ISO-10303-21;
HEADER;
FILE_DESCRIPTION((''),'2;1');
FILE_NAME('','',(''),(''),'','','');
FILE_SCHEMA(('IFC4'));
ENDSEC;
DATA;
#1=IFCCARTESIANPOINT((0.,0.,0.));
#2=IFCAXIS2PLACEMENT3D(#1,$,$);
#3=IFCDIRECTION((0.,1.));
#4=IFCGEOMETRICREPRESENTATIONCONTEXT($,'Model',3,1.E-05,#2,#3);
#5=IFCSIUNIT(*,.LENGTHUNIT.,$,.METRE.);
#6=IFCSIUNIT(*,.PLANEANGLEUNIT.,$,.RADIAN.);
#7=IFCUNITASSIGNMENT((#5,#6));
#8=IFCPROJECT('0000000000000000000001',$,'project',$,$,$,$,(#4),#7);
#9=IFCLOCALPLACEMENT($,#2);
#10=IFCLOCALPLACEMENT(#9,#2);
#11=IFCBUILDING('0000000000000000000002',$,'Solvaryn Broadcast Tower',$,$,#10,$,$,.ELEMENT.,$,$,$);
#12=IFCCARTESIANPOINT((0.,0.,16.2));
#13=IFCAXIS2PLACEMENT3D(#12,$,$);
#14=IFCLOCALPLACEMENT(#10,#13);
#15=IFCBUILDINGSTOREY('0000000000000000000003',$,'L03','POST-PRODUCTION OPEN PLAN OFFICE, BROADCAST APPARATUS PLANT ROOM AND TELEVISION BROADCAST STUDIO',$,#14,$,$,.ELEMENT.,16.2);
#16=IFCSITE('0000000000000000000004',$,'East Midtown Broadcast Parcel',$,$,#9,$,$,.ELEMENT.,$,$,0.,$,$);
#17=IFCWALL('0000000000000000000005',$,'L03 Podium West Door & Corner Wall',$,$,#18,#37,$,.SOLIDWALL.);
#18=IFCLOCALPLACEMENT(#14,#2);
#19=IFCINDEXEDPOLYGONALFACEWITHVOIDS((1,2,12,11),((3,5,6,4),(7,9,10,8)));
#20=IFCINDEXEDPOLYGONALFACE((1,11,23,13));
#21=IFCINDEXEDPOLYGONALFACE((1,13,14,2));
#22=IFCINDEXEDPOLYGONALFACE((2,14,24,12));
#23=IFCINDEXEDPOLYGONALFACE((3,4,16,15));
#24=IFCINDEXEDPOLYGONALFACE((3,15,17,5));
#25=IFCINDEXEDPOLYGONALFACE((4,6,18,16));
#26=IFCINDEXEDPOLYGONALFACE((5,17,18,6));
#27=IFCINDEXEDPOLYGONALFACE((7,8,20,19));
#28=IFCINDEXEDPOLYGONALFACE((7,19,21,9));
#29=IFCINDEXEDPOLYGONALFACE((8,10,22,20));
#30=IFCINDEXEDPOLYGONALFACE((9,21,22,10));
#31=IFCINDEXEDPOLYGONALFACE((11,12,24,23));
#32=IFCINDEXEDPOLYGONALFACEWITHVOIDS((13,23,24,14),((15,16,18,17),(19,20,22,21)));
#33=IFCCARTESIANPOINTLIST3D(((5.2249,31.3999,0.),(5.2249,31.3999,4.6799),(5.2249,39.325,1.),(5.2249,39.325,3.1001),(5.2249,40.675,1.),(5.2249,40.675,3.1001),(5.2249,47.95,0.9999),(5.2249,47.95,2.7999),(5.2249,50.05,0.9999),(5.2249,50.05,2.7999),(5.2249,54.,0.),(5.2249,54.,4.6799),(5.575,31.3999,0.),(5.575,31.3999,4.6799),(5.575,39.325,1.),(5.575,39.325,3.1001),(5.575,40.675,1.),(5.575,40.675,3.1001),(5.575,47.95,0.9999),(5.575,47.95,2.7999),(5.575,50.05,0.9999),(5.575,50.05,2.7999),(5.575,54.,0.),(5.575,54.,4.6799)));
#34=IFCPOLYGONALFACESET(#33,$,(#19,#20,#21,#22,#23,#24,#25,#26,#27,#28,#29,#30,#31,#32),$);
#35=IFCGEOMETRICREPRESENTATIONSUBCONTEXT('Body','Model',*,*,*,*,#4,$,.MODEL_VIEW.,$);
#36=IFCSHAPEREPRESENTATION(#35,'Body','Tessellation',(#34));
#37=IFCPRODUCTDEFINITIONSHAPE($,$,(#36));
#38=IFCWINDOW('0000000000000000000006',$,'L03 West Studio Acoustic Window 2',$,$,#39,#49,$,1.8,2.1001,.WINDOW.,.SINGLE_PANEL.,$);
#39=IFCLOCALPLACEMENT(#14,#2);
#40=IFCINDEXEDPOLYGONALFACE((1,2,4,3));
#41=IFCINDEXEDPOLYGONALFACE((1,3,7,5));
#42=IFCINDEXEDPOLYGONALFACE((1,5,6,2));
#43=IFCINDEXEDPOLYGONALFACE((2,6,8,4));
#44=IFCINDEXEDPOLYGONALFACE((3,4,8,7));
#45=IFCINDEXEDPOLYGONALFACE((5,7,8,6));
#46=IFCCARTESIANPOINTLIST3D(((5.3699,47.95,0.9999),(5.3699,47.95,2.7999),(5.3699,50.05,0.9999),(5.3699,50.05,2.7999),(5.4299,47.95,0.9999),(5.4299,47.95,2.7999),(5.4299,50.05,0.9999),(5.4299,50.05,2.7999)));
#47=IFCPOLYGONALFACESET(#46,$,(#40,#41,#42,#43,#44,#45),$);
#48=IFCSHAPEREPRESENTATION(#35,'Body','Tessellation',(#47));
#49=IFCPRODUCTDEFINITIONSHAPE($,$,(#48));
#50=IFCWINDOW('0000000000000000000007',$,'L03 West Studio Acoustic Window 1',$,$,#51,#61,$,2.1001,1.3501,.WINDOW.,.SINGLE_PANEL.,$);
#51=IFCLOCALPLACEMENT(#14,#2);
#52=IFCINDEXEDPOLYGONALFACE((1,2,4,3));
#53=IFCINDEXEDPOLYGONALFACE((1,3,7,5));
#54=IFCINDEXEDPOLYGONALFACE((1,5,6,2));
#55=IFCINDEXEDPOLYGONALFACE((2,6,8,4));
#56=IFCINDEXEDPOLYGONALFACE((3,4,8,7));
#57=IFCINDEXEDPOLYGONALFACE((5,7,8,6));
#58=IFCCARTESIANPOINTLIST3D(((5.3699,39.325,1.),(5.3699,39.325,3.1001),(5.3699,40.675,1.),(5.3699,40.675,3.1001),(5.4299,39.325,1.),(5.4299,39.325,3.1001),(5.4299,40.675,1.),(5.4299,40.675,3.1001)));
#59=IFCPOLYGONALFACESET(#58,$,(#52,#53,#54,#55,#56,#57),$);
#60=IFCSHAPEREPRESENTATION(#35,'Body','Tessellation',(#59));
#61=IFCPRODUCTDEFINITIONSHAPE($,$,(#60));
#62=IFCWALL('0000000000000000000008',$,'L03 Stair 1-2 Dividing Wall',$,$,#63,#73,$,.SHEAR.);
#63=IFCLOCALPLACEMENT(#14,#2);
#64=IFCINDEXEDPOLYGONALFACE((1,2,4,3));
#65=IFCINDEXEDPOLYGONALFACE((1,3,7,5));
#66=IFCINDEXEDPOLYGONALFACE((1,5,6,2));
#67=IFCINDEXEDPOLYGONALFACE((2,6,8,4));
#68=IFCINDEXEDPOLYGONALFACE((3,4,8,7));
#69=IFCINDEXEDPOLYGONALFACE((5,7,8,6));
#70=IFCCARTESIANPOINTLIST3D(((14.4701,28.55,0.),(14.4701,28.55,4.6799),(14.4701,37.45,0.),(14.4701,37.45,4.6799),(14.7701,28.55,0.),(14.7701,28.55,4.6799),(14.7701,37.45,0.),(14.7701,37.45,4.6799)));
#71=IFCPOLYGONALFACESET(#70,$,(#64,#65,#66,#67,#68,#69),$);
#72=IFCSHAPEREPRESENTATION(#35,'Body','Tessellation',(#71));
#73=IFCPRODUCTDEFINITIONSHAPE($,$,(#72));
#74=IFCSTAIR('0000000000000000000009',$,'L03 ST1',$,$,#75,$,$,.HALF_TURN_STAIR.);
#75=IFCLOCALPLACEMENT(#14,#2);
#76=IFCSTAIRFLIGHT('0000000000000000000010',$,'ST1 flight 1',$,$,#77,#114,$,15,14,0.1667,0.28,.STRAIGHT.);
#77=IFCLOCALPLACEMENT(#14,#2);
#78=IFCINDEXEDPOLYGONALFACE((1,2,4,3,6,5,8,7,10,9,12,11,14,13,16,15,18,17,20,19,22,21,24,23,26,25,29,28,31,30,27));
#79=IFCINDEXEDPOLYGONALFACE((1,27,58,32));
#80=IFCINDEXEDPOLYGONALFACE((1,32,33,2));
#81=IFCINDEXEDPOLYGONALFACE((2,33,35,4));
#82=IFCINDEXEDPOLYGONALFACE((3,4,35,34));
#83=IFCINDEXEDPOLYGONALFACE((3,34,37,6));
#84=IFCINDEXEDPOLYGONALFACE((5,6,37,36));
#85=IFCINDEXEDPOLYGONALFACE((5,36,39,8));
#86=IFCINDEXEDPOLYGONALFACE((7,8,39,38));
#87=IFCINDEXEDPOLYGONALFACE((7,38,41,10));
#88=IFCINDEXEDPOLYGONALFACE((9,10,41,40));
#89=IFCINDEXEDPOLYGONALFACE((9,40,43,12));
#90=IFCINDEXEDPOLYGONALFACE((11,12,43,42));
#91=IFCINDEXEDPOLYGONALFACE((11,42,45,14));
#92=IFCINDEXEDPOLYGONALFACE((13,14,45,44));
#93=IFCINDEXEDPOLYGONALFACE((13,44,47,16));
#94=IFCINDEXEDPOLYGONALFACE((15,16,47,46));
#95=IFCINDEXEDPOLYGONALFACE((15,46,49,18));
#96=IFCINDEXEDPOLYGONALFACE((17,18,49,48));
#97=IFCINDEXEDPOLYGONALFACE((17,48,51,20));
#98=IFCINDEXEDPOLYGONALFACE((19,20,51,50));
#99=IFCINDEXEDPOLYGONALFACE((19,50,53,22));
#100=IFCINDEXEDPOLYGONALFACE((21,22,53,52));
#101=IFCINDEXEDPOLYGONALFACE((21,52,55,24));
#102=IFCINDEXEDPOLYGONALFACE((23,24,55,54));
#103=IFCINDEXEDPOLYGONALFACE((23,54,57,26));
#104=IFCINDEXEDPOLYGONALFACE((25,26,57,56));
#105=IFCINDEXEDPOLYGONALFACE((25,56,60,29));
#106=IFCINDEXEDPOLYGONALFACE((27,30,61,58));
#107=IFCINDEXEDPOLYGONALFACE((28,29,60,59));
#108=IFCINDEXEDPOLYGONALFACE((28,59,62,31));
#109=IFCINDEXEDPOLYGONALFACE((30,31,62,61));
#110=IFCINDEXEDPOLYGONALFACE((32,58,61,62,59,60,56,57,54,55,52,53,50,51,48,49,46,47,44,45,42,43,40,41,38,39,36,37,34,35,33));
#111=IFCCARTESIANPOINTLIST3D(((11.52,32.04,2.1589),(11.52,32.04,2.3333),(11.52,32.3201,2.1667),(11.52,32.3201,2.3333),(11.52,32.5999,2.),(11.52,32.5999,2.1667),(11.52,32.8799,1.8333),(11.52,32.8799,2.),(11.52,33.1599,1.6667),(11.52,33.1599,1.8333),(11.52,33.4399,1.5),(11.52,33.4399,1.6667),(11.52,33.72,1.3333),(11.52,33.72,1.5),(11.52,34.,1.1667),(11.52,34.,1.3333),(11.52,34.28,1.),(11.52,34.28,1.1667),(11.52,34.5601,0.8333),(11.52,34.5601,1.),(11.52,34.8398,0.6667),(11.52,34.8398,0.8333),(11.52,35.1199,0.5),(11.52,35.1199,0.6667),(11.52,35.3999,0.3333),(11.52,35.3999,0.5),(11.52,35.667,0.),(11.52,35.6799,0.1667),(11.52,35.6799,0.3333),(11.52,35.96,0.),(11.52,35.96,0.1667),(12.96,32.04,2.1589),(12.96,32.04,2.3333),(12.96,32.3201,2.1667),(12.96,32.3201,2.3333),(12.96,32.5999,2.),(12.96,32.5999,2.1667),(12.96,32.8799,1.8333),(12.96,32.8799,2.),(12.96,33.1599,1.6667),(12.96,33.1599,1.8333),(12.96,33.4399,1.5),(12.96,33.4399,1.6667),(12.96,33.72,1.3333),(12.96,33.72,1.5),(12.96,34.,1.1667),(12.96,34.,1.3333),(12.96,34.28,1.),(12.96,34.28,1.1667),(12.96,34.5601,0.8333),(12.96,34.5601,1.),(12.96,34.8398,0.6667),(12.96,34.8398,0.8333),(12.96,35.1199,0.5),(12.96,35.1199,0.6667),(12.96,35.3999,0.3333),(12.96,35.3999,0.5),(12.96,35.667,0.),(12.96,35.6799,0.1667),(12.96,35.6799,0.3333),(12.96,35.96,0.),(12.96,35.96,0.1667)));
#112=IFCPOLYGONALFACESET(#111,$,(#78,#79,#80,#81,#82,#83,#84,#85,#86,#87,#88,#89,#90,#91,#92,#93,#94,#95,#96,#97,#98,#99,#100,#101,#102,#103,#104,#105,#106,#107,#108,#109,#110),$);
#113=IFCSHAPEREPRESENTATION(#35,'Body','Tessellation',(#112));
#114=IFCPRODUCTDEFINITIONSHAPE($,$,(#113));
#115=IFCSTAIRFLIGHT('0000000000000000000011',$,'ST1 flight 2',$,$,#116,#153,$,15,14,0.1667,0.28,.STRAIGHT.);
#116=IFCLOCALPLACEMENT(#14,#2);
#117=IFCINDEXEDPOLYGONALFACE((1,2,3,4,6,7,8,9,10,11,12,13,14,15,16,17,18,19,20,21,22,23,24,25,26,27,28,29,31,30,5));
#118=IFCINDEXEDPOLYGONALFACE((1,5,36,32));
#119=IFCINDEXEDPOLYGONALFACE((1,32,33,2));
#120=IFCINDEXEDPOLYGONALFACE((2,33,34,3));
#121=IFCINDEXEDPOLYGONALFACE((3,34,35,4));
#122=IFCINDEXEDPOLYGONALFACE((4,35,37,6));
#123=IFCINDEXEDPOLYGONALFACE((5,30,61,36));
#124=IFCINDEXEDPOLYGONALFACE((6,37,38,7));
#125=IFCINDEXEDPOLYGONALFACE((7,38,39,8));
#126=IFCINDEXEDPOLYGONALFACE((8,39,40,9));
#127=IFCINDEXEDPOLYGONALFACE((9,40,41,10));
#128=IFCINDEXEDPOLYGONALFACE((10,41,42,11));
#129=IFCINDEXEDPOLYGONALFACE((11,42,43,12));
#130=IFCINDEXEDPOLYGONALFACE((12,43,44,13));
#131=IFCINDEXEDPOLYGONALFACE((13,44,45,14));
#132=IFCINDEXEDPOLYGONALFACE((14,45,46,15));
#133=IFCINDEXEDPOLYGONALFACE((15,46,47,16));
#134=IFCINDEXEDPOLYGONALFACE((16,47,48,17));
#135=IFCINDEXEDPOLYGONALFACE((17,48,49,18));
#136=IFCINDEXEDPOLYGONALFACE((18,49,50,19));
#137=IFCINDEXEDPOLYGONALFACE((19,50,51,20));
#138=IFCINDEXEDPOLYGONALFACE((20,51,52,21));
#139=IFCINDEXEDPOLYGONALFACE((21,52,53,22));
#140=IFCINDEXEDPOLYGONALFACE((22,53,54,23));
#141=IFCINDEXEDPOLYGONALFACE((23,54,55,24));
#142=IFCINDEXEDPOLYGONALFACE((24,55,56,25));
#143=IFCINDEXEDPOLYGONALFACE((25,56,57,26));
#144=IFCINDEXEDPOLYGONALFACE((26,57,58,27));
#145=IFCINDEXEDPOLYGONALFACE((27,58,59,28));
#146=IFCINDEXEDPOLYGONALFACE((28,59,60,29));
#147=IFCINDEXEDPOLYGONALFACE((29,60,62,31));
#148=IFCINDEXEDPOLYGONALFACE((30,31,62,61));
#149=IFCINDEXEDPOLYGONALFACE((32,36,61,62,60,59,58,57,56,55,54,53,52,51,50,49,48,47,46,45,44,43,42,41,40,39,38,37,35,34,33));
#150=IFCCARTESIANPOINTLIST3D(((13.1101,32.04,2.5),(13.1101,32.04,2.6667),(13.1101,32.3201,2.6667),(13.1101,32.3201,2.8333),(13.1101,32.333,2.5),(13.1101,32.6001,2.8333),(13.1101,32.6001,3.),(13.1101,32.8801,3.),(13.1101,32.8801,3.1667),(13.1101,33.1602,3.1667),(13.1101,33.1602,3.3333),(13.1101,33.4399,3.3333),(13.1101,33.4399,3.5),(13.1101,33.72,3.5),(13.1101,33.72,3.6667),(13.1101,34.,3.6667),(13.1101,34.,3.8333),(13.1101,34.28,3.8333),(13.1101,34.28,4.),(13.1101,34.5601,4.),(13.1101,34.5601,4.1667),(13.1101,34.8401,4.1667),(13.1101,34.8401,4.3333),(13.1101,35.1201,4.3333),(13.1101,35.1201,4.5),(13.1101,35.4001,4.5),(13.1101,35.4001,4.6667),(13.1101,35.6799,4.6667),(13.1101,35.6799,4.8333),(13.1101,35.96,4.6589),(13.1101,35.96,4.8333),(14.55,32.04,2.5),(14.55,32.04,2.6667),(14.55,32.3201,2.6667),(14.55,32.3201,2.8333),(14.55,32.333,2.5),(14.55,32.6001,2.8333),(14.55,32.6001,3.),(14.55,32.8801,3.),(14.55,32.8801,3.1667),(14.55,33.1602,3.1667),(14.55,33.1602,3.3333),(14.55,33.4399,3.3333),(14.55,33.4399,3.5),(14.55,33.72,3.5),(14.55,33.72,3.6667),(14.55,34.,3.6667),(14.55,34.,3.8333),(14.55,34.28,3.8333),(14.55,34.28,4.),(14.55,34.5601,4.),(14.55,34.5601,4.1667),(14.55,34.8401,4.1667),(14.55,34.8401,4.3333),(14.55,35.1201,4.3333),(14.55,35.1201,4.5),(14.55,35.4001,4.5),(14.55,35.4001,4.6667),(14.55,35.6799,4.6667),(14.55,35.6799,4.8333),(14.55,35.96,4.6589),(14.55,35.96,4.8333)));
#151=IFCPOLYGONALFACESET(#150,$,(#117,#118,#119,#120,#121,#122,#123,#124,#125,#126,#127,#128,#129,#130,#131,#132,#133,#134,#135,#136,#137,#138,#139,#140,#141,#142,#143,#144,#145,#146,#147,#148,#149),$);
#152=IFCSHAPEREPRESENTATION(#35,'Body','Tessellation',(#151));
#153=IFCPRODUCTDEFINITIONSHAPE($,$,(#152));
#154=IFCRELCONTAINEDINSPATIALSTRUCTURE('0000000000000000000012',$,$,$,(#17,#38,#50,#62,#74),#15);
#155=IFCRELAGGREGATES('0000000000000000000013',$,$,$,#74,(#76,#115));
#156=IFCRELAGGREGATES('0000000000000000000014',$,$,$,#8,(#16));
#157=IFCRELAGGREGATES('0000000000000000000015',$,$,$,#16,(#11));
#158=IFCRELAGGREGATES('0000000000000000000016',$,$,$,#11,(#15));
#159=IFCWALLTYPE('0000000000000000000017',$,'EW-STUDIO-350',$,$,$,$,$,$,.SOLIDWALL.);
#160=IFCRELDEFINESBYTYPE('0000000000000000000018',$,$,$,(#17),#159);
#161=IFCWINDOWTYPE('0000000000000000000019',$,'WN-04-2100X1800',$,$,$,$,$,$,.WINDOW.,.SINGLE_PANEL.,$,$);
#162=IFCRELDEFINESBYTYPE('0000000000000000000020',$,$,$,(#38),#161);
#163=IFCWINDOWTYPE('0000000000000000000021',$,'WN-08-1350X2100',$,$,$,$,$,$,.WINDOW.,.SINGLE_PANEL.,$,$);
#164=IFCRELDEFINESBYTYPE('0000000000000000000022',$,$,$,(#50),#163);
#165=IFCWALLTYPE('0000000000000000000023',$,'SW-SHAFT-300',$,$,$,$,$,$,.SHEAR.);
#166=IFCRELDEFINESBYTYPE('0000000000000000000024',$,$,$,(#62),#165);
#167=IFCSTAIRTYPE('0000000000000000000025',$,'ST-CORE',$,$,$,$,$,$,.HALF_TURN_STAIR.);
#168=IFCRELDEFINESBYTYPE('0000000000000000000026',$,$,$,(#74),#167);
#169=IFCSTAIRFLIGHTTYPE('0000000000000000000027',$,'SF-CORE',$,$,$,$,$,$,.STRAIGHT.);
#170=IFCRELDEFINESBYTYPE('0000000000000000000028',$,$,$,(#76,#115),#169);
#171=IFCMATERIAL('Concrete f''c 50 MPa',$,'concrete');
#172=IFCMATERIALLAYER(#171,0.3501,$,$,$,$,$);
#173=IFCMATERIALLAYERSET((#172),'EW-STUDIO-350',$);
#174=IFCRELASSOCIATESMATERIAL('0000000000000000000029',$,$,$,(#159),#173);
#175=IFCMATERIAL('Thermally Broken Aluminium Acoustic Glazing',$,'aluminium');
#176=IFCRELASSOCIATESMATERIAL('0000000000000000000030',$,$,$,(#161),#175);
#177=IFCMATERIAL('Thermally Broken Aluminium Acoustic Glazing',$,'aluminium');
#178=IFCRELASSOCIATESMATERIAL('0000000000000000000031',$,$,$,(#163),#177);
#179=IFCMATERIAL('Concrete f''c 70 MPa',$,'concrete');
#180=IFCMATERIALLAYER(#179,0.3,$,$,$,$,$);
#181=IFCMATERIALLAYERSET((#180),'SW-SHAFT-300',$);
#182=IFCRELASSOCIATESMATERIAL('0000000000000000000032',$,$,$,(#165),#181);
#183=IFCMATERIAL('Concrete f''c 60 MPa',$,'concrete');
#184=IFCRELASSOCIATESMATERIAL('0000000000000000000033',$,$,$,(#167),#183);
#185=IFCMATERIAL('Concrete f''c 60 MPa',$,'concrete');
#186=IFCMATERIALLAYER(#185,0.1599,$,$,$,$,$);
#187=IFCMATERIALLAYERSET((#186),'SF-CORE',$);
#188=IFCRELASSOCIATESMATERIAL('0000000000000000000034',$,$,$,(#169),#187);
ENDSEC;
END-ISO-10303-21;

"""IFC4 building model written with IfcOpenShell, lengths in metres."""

from ifc_helpers import new_model, si_unit, direction, frame, frame_2d, origin, place, context, subcontext, project, spatial, polyline, rectangle, outline, extrude, material, layer, layer_set, type_object, element, fill, aggregate, save


model = new_model("IFC4")

# Units and contexts
model_context = context("Model", 3, precision=1e-05, world=origin(), true_north=direction((0.0, 1.0)))
body_context = subcontext(model_context, "Body", "Model", "MODEL_VIEW")
ifc_project = project(units=[si_unit("LENGTHUNIT", "METRE"), si_unit("PLANEANGLEUNIT", "RADIAN")], contexts=[model_context])

# Site, building, storey
site_placement = place(None, origin())
site = spatial("IfcSite", under=ifc_project, at=site_placement, Name="East Midtown Broadcast Parcel", CompositionType="ELEMENT", RefElevation=0.0)
building_placement = place(site_placement, origin())
building = spatial("IfcBuilding", under=site, at=building_placement, Name="Solvaryn Broadcast Tower", CompositionType="ELEMENT")
storey_placement = place(building_placement, frame((0.0, 0.0, 16.2)))
storey = spatial("IfcBuildingStorey", under=building, at=storey_placement, Name="L03", Description="POST-PRODUCTION OPEN PLAN OFFICE, BROADCAST APPARATUS PLANT ROOM AND TELEVISION BROADCAST STUDIO", CompositionType="ELEMENT", Elevation=16.2)

# Wall, openings, windows
ifc_material_1 = material(Name="Concrete f'c 50 MPa", Category="concrete")
ifc_layer_1 = layer(ifc_material_1, 0.3501)
ifc_layer_set_1 = layer_set([ifc_layer_1], Name="EW-STUDIO-350")
wall_type_1 = type_object("IfcWallType", Name="EW-STUDIO-350", PredefinedType="SOLIDWALL", material=ifc_layer_set_1)
wall_1_placement = place(storey_placement, frame((5.3999, 31.3999, 0.0), z_axis=(0.0, 0.0, 1.0), x_axis=(0.0, 1.0, 0.0)))
wall_1 = element("IfcWall", 1, at=wall_1_placement, inside=storey, type_object=wall_type_1, Name="L03 Podium West Door & Corner Wall", PredefinedType="SOLIDWALL", context=body_context, shape_type="SweptSolid", body=[
    extrude(rectangle(XDim=22.6001, YDim=0.3501, at=frame_2d((11.3, 0.0))), origin(), (0.0, 0.0, 1.0), 4.6799),
])
opening_1_placement = place(wall_1_placement, frame((7.925, 0.0, 1.0)))
opening_1 = element("IfcOpeningElement", 2, at=opening_1_placement, cuts=wall_1, PredefinedType="OPENING", context=body_context, shape_type="SweptSolid", body=[
    extrude(rectangle(XDim=1.3501, YDim=2.1001, at=frame_2d((0.675, 1.05))), frame((0.0, 0.1851, 0.0), z_axis=(0.0, -1.0, 0.0), x_axis=(1.0, 0.0, 0.0)), (0.0, 0.0, 1.0), 0.3701),
])
opening_2_placement = place(wall_1_placement, frame((16.55, 0.0, 1.0)))
opening_2 = element("IfcOpeningElement", 3, at=opening_2_placement, cuts=wall_1, PredefinedType="OPENING", context=body_context, shape_type="SweptSolid", body=[
    extrude(rectangle(XDim=2.1001, YDim=1.8, at=frame_2d((1.05, 0.8999))), frame((0.0, 0.1851, 0.0), z_axis=(0.0, -1.0, 0.0), x_axis=(1.0, 0.0, 0.0)), (0.0, 0.0, 1.0), 0.3701),
])
ifc_material_2 = material(Name="Thermally Broken Aluminium Acoustic Glazing", Category="aluminium")
window_type_1 = type_object("IfcWindowType", Name="WN-04-2100X1800", PartitioningType="SINGLE_PANEL", PredefinedType="WINDOW", material=ifc_material_2)
window_1_placement = place(opening_2_placement, origin())
window_1 = element("IfcWindow", 4, at=window_1_placement, inside=storey, type_object=window_type_1, Name="L03 West Studio Acoustic Window 2", OverallHeight=1.8, OverallWidth=2.1001, PartitioningType="SINGLE_PANEL", PredefinedType="WINDOW", context=body_context, shape_type="SweptSolid", body=[
    extrude(rectangle(XDim=2.1001, YDim=1.8, at=frame_2d((1.05, 0.8999))), frame((0.0, 0.03, 0.0), z_axis=(0.0, -1.0, 0.0), x_axis=(1.0, 0.0, 0.0)), (0.0, 0.0, 1.0), 0.0601),
])
fill(opening_2, window_1)
ifc_material_3 = material(Name="Thermally Broken Aluminium Acoustic Glazing", Category="aluminium")
window_type_2 = type_object("IfcWindowType", Name="WN-08-1350X2100", PartitioningType="SINGLE_PANEL", PredefinedType="WINDOW", material=ifc_material_3)
window_2_placement = place(opening_1_placement, origin())
window_2 = element("IfcWindow", 5, at=window_2_placement, inside=storey, type_object=window_type_2, Name="L03 West Studio Acoustic Window 1", OverallHeight=2.1001, OverallWidth=1.3501, PartitioningType="SINGLE_PANEL", PredefinedType="WINDOW", context=body_context, shape_type="SweptSolid", body=[
    extrude(rectangle(XDim=1.3501, YDim=2.1001, at=frame_2d((0.675, 1.05))), frame((0.0, 0.03, 0.0), z_axis=(0.0, -1.0, 0.0), x_axis=(1.0, 0.0, 0.0)), (0.0, 0.0, 1.0), 0.0601),
])
fill(opening_1, window_2)

# Wall
ifc_material_4 = material(Name="Concrete f'c 70 MPa", Category="concrete")
ifc_layer_2 = layer(ifc_material_4, 0.3)
ifc_layer_set_2 = layer_set([ifc_layer_2], Name="SW-SHAFT-300")
wall_type_2 = type_object("IfcWallType", Name="SW-SHAFT-300", PredefinedType="SHEAR", material=ifc_layer_set_2)
wall_2_placement = place(storey_placement, frame((14.6201, 28.55, 0.0), z_axis=(0.0, 0.0, 1.0), x_axis=(0.0, 1.0, 0.0)))
element("IfcWall", 6, at=wall_2_placement, inside=storey, type_object=wall_type_2, Name="L03 Stair 1-2 Dividing Wall", PredefinedType="SHEAR", context=body_context, shape_type="SweptSolid", body=[
    extrude(rectangle(XDim=8.8999, YDim=0.3, at=frame_2d((4.45, 0.0))), origin(), (0.0, 0.0, 1.0), 4.6799),
])

# Stair, stair flights
ifc_material_5 = material(Name="Concrete f'c 60 MPa", Category="concrete")
stair_type = type_object("IfcStairType", Name="ST-CORE", PredefinedType="HALF_TURN_STAIR", material=ifc_material_5)
stair_1_placement = place(storey_placement, origin())
stair_1 = element("IfcStair", 7, at=stair_1_placement, inside=storey, type_object=stair_type, Name="L03 ST1", PredefinedType="HALF_TURN_STAIR")
ifc_material_6 = material(Name="Concrete f'c 60 MPa", Category="concrete")
ifc_layer_3 = layer(ifc_material_6, 0.1599)
ifc_layer_set_3 = layer_set([ifc_layer_3], Name="SF-CORE")
stair_flight_type = type_object("IfcStairFlightType", Name="SF-CORE", PredefinedType="STRAIGHT", material=ifc_layer_set_3)
stair_flight_1_placement = place(storey_placement, frame((12.24, 35.96, 0.0), z_axis=(0.0, 0.0, 1.0), x_axis=(0.0, -1.0, 0.0)))
stair_flight_1 = element("IfcStairFlight", 8, at=stair_flight_1_placement, type_object=stair_flight_type, Name="ST1 flight 1", NumberOfRisers=15, NumberOfTreads=14, PredefinedType="STRAIGHT", RiserHeight=0.1667, TreadLength=0.28, context=body_context, shape_type="SweptSolid", body=[
    extrude(outline(polyline([(0.0, 0.0), (0.0, 0.1667), (0.28, 0.1667), (0.28, 0.3333), (0.5601, 0.3333), (0.5601, 0.5), (0.8401, 0.5), (0.8401, 0.6667), (1.1201, 0.6667), (1.1201, 0.8333), (1.3999, 0.8333), (1.3999, 1.0), (1.6799, 1.0), (1.6799, 1.1667), (1.96, 1.1667), (1.96, 1.3333), (2.24, 1.3333), (2.24, 1.5), (2.52, 1.5), (2.52, 1.6667), (2.8, 1.6667), (2.8, 1.8333), (3.0801, 1.8333), (3.0801, 2.0), (3.3601, 2.0), (3.3601, 2.1667), (3.6399, 2.1667), (3.6399, 2.3333), (3.9199, 2.3333), (3.9199, 2.5), (3.9199, 2.1589), (0.293, 0.0), (0.0, 0.0)])), frame((0.0, 0.72, 0.0), z_axis=(0.0, -1.0, 0.0), x_axis=(1.0, 0.0, 0.0)), (0.0, 0.0, 1.0), 1.4399),
])
stair_flight_2_placement = place(storey_placement, frame((13.8301, 32.04, 2.5), z_axis=(0.0, 0.0, 1.0), x_axis=(0.0, 1.0, 0.0)))
stair_flight_2 = element("IfcStairFlight", 9, at=stair_flight_2_placement, type_object=stair_flight_type, Name="ST1 flight 2", NumberOfRisers=15, NumberOfTreads=14, PredefinedType="STRAIGHT", RiserHeight=0.1667, TreadLength=0.28, context=body_context, shape_type="SweptSolid", body=[
    extrude(outline(polyline([(0.0, 0.0), (0.0, 0.1667), (0.28, 0.1667), (0.28, 0.3333), (0.5601, 0.3333), (0.5601, 0.5), (0.8401, 0.5), (0.8401, 0.6667), (1.1201, 0.6667), (1.1201, 0.8333), (1.3999, 0.8333), (1.3999, 1.0), (1.6799, 1.0), (1.6799, 1.1667), (1.96, 1.1667), (1.96, 1.3333), (2.24, 1.3333), (2.24, 1.5), (2.52, 1.5), (2.52, 1.6667), (2.8, 1.6667), (2.8, 1.8333), (3.0801, 1.8333), (3.0801, 2.0), (3.3601, 2.0), (3.3601, 2.1667), (3.6399, 2.1667), (3.6399, 2.3333), (3.9199, 2.3333), (3.9199, 2.5), (3.9199, 2.1589), (0.293, 0.0), (0.0, 0.0)])), frame((0.0, 0.72, 0.0), z_axis=(0.0, -1.0, 0.0), x_axis=(1.0, 0.0, 0.0)), (0.0, 0.0, 1.0), 1.4399),
])
aggregate(stair_1, [stair_flight_1, stair_flight_2])

save(model, "model.ifc")
